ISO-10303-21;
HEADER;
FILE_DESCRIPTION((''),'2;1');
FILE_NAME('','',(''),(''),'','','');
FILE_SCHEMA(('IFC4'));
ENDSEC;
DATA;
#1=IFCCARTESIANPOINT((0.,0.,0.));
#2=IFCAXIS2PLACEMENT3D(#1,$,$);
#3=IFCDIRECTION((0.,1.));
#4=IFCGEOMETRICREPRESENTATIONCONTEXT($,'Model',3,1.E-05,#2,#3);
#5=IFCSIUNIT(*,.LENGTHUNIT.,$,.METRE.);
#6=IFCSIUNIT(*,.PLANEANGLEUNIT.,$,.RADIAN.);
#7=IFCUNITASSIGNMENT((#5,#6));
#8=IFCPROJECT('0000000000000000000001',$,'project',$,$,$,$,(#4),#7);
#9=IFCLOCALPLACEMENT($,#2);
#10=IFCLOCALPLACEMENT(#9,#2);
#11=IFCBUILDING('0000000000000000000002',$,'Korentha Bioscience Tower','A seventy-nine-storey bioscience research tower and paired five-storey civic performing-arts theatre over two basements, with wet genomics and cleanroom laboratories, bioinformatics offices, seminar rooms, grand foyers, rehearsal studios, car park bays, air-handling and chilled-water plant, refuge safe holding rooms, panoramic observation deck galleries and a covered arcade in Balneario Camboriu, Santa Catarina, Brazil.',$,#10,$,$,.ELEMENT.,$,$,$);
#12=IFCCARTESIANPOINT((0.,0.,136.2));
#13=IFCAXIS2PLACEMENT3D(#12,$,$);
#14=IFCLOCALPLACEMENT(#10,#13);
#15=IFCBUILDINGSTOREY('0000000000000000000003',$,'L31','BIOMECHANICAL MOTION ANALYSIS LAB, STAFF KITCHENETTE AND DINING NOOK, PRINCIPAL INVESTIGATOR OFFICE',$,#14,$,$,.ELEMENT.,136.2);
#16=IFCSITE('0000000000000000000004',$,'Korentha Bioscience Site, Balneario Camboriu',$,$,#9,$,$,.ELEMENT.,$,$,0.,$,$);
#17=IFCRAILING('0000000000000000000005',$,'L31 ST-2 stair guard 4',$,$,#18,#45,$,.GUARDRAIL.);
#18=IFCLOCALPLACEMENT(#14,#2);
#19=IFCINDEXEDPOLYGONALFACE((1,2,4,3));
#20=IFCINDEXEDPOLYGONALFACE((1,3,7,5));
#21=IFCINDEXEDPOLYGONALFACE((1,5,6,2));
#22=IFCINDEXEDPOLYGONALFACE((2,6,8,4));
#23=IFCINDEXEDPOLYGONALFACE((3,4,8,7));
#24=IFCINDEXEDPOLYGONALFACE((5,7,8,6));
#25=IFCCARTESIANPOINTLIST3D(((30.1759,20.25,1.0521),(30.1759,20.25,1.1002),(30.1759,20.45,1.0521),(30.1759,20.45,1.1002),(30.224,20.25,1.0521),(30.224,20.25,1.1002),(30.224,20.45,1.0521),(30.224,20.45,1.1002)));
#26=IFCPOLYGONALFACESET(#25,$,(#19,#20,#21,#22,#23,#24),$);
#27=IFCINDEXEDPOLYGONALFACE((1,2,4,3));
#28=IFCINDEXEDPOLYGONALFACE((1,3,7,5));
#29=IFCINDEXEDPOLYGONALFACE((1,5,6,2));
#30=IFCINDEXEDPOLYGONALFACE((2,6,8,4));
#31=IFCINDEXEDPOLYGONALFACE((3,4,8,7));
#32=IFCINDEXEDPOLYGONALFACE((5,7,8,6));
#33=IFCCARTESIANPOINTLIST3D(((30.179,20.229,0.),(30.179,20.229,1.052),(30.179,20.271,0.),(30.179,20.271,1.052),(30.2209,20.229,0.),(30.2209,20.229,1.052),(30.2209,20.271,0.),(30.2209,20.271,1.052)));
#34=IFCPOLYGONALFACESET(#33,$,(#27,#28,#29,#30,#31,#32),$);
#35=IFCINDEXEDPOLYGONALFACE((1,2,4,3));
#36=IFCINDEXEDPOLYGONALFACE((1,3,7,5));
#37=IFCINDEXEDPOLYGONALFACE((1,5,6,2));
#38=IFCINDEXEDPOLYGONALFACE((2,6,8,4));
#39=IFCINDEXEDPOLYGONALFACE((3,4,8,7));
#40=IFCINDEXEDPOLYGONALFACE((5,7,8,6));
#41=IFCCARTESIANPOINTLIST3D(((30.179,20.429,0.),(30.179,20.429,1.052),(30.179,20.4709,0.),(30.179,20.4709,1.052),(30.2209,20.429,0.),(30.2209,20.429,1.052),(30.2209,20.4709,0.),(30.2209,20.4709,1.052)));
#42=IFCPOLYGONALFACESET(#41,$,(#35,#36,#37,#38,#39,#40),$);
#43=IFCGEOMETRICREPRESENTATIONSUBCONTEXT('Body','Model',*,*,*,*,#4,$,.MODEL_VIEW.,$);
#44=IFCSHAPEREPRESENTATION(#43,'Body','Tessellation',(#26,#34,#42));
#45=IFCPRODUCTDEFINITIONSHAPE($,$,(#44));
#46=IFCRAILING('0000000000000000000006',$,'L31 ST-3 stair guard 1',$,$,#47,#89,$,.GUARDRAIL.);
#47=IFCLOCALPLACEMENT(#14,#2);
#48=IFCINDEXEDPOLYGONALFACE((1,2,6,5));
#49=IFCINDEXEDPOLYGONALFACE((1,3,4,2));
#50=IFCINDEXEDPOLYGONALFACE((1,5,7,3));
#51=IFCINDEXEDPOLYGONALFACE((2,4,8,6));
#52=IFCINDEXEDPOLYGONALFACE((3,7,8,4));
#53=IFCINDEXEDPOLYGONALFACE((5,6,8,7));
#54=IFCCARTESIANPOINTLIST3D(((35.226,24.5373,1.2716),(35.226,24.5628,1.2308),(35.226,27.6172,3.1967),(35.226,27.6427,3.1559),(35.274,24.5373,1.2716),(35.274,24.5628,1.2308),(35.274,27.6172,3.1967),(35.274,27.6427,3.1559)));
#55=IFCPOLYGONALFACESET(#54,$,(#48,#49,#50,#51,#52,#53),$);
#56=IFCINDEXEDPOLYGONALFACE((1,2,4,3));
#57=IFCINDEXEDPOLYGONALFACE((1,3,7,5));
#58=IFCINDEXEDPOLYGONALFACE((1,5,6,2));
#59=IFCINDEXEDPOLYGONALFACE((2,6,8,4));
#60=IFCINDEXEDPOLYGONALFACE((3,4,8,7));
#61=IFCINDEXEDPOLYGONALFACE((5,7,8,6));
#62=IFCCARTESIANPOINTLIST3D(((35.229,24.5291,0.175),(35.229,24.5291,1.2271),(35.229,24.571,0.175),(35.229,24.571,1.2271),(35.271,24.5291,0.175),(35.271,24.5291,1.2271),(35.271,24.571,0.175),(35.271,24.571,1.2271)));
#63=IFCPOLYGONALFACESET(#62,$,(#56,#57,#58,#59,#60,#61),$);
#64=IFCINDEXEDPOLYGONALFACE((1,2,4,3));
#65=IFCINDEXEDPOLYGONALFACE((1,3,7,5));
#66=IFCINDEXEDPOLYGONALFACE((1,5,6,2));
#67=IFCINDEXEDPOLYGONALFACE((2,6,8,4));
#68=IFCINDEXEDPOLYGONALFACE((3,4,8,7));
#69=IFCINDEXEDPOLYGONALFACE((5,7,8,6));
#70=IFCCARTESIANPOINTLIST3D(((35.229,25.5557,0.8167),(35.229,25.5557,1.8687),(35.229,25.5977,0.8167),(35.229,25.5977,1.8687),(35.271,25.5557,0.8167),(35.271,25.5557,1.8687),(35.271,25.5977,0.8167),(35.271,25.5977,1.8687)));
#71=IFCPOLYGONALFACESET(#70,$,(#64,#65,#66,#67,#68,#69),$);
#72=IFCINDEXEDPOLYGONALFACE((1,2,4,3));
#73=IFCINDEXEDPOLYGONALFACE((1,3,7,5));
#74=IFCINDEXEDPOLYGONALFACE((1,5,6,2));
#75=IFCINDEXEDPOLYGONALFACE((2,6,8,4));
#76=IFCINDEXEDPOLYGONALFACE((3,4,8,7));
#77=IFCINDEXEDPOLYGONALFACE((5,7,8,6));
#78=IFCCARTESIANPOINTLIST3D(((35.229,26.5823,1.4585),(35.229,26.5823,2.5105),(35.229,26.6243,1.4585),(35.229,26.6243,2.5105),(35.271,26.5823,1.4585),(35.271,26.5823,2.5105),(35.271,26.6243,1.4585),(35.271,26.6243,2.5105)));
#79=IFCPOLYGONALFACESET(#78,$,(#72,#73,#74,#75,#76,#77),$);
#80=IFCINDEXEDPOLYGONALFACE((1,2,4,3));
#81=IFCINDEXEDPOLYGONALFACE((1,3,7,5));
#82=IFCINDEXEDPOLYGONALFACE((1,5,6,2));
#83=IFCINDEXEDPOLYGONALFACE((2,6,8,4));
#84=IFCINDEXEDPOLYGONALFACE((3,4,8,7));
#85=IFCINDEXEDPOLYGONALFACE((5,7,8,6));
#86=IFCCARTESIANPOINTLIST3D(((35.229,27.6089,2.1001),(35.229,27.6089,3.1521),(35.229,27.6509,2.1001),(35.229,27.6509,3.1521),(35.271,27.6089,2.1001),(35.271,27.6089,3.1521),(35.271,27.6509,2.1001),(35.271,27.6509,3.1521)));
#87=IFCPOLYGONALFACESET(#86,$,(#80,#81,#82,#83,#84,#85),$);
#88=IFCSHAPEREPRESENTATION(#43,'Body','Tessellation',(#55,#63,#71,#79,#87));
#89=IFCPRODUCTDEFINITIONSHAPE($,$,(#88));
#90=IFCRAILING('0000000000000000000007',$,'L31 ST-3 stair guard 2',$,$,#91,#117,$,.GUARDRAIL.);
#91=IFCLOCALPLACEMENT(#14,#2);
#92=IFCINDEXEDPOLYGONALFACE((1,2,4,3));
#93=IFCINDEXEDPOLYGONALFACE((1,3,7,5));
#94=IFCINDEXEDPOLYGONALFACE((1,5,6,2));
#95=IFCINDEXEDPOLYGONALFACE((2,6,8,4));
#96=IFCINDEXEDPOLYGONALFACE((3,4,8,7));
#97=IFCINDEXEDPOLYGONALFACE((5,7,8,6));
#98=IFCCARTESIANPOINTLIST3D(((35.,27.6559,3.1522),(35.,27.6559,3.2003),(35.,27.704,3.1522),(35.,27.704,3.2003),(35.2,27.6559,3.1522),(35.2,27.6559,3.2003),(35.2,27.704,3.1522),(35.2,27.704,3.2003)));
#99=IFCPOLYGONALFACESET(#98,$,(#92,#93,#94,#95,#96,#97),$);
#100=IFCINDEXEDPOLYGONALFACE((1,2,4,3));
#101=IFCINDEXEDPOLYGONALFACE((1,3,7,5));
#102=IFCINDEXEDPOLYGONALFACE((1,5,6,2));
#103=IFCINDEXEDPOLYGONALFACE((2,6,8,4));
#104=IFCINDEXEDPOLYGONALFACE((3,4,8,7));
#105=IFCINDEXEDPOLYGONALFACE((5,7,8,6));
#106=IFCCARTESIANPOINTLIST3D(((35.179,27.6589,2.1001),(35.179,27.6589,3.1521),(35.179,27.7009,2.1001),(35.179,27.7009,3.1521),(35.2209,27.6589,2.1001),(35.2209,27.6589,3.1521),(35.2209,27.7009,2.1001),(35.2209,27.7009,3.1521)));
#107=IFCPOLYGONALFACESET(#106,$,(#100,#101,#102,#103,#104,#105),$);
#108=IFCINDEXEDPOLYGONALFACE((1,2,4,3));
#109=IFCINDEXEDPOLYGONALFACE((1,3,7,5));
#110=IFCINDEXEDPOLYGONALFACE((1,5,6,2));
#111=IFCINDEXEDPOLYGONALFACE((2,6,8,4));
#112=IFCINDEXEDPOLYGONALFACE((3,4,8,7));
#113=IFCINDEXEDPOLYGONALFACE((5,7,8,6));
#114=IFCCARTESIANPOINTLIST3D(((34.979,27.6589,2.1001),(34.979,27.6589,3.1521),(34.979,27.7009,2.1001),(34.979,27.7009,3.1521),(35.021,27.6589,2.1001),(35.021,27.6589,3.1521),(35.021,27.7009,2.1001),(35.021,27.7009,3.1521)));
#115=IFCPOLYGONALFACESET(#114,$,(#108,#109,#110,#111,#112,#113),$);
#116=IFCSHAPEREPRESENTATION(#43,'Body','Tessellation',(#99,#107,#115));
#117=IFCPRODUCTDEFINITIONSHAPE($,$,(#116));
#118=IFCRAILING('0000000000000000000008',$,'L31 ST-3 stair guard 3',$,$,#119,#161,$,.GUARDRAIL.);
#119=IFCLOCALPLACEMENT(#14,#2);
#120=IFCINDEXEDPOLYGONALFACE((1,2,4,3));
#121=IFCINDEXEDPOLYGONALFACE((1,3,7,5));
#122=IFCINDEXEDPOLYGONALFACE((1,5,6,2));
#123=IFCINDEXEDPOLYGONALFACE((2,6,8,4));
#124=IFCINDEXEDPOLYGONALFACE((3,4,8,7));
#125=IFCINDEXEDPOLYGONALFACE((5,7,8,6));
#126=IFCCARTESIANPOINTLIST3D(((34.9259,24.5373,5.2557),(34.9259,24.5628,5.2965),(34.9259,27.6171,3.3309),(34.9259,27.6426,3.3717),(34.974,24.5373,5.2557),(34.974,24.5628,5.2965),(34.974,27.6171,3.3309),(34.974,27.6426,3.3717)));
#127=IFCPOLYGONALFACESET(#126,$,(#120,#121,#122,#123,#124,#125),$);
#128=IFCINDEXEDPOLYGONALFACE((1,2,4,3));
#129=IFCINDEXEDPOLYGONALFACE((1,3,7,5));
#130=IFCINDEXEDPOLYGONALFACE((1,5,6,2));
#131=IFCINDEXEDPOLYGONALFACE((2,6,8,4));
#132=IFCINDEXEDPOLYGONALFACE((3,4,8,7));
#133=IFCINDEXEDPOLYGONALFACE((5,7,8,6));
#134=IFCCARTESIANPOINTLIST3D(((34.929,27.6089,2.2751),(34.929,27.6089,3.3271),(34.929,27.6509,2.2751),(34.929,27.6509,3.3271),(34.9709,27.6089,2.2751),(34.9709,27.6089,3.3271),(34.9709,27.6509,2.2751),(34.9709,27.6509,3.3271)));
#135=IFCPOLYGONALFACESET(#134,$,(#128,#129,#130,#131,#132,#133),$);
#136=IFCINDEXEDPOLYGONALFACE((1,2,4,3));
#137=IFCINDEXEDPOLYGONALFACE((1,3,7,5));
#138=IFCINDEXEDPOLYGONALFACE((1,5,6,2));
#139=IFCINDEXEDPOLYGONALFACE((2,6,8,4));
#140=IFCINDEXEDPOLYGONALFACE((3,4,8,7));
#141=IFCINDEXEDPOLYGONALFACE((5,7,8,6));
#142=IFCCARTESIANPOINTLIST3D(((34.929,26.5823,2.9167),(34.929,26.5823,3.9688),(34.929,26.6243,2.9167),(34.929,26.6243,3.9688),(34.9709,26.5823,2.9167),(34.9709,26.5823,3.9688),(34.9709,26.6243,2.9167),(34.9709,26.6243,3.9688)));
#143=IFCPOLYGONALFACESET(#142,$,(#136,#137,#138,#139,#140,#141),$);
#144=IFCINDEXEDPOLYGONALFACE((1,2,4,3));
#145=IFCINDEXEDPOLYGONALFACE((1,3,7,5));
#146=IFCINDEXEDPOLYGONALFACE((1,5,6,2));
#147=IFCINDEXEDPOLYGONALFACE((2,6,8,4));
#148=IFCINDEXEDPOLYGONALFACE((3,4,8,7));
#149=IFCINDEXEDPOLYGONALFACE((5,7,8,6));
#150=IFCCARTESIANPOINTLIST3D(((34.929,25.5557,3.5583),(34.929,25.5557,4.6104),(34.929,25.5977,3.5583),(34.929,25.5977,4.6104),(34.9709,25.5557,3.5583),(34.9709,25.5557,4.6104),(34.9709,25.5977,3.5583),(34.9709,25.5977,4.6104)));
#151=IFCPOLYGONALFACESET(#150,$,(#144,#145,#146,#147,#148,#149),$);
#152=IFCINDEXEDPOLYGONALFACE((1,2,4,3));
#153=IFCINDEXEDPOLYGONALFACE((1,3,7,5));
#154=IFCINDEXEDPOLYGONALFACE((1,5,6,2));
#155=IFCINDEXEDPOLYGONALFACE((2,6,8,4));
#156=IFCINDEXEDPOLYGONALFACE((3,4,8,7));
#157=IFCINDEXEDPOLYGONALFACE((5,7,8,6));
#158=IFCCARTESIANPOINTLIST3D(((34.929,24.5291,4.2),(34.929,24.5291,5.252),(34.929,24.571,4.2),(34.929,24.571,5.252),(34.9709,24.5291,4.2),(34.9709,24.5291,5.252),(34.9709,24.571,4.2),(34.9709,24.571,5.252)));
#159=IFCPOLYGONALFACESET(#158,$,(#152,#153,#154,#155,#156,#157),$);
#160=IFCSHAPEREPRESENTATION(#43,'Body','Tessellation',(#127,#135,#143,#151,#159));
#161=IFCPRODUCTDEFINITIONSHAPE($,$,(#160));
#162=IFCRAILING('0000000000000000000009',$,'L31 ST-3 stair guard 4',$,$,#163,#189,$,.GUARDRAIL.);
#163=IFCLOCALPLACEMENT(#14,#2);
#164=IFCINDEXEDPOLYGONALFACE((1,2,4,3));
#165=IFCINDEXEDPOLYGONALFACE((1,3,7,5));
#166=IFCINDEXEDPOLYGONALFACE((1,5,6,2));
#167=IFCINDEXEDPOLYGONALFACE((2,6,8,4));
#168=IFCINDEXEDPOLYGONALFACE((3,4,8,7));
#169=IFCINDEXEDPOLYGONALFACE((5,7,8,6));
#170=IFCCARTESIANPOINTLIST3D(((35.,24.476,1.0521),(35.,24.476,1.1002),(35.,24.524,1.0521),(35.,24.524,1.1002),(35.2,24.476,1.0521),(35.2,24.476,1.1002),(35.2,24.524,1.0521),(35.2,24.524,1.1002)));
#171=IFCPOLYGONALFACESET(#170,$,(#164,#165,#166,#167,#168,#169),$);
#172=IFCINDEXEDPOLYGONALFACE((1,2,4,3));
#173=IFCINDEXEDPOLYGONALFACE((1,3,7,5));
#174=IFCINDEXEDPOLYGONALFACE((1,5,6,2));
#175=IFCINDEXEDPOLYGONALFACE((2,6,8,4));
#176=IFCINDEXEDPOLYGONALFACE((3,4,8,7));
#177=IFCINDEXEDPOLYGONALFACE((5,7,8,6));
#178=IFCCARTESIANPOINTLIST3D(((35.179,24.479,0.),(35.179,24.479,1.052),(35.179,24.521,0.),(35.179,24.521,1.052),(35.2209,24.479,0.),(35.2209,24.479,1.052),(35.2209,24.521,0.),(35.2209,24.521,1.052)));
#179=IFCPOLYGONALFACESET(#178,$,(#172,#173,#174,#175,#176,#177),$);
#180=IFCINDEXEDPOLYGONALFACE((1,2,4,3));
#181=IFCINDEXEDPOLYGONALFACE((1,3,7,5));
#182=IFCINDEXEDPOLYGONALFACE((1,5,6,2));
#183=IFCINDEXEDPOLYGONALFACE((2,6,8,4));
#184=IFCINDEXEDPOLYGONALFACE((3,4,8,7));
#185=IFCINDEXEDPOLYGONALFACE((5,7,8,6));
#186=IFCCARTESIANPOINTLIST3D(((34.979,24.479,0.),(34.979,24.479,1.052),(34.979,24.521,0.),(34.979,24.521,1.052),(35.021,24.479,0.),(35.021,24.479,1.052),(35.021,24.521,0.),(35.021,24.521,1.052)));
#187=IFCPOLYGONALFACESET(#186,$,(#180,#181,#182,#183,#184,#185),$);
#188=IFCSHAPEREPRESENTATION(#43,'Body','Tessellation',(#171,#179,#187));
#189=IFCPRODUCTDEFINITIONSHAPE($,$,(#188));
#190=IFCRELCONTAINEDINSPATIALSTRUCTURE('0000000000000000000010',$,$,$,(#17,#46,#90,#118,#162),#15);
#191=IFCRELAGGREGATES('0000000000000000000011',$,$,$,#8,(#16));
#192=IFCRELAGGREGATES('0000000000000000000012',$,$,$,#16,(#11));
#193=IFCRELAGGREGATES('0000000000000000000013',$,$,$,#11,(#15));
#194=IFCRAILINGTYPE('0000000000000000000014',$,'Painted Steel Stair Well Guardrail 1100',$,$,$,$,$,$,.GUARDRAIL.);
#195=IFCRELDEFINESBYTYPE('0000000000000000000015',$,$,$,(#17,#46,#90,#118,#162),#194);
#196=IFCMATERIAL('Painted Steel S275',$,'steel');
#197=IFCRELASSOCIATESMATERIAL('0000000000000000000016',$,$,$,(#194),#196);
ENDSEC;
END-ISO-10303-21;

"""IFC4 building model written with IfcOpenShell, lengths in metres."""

from ifc_helpers import new_model, si_unit, direction, frame, origin, origin_2d, place, context, subcontext, project, spatial, rectangle, extrude, material, type_object, element, save


model = new_model("IFC4")

# Units and contexts
model_context = context("Model", 3, precision=1e-05, world=origin(), true_north=direction((0.0, 1.0)))
body_context = subcontext(model_context, "Body", "Model", "MODEL_VIEW")
ifc_project = project(units=[si_unit("LENGTHUNIT", "METRE"), si_unit("PLANEANGLEUNIT", "RADIAN")], contexts=[model_context])

# Site, building, storey
site_placement = place(None, origin())
site = spatial("IfcSite", under=ifc_project, at=site_placement, Name="Korentha Bioscience Site, Balneario Camboriu", CompositionType="ELEMENT", RefElevation=0.0)
building_placement = place(site_placement, origin())
building = spatial("IfcBuilding", under=site, at=building_placement, Name="Korentha Bioscience Tower", Description="A seventy-nine-storey bioscience research tower and paired five-storey civic performing-arts theatre over two basements, with wet genomics and cleanroom laboratories, bioinformatics offices, seminar rooms, grand foyers, rehearsal studios, car park bays, air-handling and chilled-water plant, refuge safe holding rooms, panoramic observation deck galleries and a covered arcade in Balneario Camboriu, Santa Catarina, Brazil.", CompositionType="ELEMENT")
storey_placement = place(building_placement, frame((0.0, 0.0, 136.2)))
storey = spatial("IfcBuildingStorey", under=building, at=storey_placement, Name="L31", Description="BIOMECHANICAL MOTION ANALYSIS LAB, STAFF KITCHENETTE AND DINING NOOK, PRINCIPAL INVESTIGATOR OFFICE", CompositionType="ELEMENT", Elevation=136.2)

# Railings
ifc_material_1 = material(Name="Painted Steel S275", Category="steel")
railing_type_1 = type_object("IfcRailingType", Name="Painted Steel Stair Well Guardrail 1100", PredefinedType="GUARDRAIL", material=ifc_material_1)
railing_1_placement = place(storey_placement, frame((30.2, 20.25, 0.0)))
element("IfcRailing", 1, at=railing_1_placement, inside=storey, type_object=railing_type_1, Name="L31 ST-2 stair guard 4", PredefinedType="GUARDRAIL", context=body_context, shape_type="SweptSolid", body=[
    extrude(rectangle(XDim=0.0481, YDim=0.0481, at=origin_2d()), frame((0.0, 0.0, 1.0762), z_axis=(0.0, 1.0, 0.0), x_axis=(-1.0, 0.0, 0.0)), (0.0, 0.0, 1.0), 0.2),
    extrude(rectangle(XDim=0.042, YDim=0.042, at=origin_2d()), origin(), (0.0, 0.0, 1.0), 1.052),
    extrude(rectangle(XDim=0.042, YDim=0.042, at=origin_2d()), frame((0.0, 0.2, 0.0)), (0.0, 0.0, 1.0), 1.052),
])
railing_2_placement = place(storey_placement, frame((35.25, 24.55, 0.175)))
element("IfcRailing", 2, at=railing_2_placement, inside=storey, type_object=railing_type_1, Name="L31 ST-3 stair guard 1", PredefinedType="GUARDRAIL", context=body_context, shape_type="SweptSolid", body=[
    extrude(rectangle(XDim=0.0481, YDim=0.0481, at=origin_2d()), frame((0.0, 0.0, 1.0762), z_axis=(0.0, 0.847979, 0.530029), x_axis=(-1.0, 0.0, 0.0)), (0.0, 0.0, 1.0), 3.6321),
    extrude(rectangle(XDim=0.042, YDim=0.042, at=origin_2d()), origin(), (0.0, 0.0, 1.0), 1.052),
    extrude(rectangle(XDim=0.042, YDim=0.042, at=origin_2d()), frame((0.0, 1.0266, 0.6416)), (0.0, 0.0, 1.0), 1.052),
    extrude(rectangle(XDim=0.042, YDim=0.042, at=origin_2d()), frame((0.0, 2.0532, 1.2834)), (0.0, 0.0, 1.0), 1.052),
    extrude(rectangle(XDim=0.042, YDim=0.042, at=origin_2d()), frame((0.0, 3.0798, 1.925)), (0.0, 0.0, 1.0), 1.052),
])
railing_3_placement = place(storey_placement, frame((35.2, 27.6799, 2.1001)))
element("IfcRailing", 3, at=railing_3_placement, inside=storey, type_object=railing_type_1, Name="L31 ST-3 stair guard 2", PredefinedType="GUARDRAIL", context=body_context, shape_type="SweptSolid", body=[
    extrude(rectangle(XDim=0.0481, YDim=0.0481, at=origin_2d()), frame((0.0, 0.0, 1.0762), z_axis=(-1.0, 0.0, 0.0), x_axis=(0.0, -1.0, 0.0)), (0.0, 0.0, 1.0), 0.2),
    extrude(rectangle(XDim=0.042, YDim=0.042, at=origin_2d()), origin(), (0.0, 0.0, 1.0), 1.052),
    extrude(rectangle(XDim=0.042, YDim=0.042, at=origin_2d()), frame((-0.2, 0.0, 0.0)), (0.0, 0.0, 1.0), 1.052),
])
railing_4_placement = place(storey_placement, frame((34.95, 27.6299, 2.2751)))
element("IfcRailing", 4, at=railing_4_placement, inside=storey, type_object=railing_type_1, Name="L31 ST-3 stair guard 3", PredefinedType="GUARDRAIL", context=body_context, shape_type="SweptSolid", body=[
    extrude(rectangle(XDim=0.0481, YDim=0.0481, at=origin_2d()), frame((0.0, 0.0, 1.0762), z_axis=(0.0, -0.84801, 0.529981), x_axis=(1.0, 0.0, 0.0)), (0.0, 0.0, 1.0), 3.6318),
    extrude(rectangle(XDim=0.042, YDim=0.042, at=origin_2d()), origin(), (0.0, 0.0, 1.0), 1.052),
    extrude(rectangle(XDim=0.042, YDim=0.042, at=origin_2d()), frame((0.0, -1.0266, 0.6416)), (0.0, 0.0, 1.0), 1.052),
    extrude(rectangle(XDim=0.042, YDim=0.042, at=origin_2d()), frame((0.0, -2.0532, 1.2832)), (0.0, 0.0, 1.0), 1.052),
    extrude(rectangle(XDim=0.042, YDim=0.042, at=origin_2d()), frame((0.0, -3.0798, 1.9248)), (0.0, 0.0, 1.0), 1.052),
])
railing_5_placement = place(storey_placement, frame((35.2, 24.5, 0.0)))
element("IfcRailing", 5, at=railing_5_placement, inside=storey, type_object=railing_type_1, Name="L31 ST-3 stair guard 4", PredefinedType="GUARDRAIL", context=body_context, shape_type="SweptSolid", body=[
    extrude(rectangle(XDim=0.0481, YDim=0.0481, at=origin_2d()), frame((0.0, 0.0, 1.0762), z_axis=(-1.0, 0.0, 0.0), x_axis=(0.0, -1.0, 0.0)), (0.0, 0.0, 1.0), 0.2),
    extrude(rectangle(XDim=0.042, YDim=0.042, at=origin_2d()), origin(), (0.0, 0.0, 1.0), 1.052),
    extrude(rectangle(XDim=0.042, YDim=0.042, at=origin_2d()), frame((-0.2, 0.0, 0.0)), (0.0, 0.0, 1.0), 1.052),
])

save(model, "model.ifc")
